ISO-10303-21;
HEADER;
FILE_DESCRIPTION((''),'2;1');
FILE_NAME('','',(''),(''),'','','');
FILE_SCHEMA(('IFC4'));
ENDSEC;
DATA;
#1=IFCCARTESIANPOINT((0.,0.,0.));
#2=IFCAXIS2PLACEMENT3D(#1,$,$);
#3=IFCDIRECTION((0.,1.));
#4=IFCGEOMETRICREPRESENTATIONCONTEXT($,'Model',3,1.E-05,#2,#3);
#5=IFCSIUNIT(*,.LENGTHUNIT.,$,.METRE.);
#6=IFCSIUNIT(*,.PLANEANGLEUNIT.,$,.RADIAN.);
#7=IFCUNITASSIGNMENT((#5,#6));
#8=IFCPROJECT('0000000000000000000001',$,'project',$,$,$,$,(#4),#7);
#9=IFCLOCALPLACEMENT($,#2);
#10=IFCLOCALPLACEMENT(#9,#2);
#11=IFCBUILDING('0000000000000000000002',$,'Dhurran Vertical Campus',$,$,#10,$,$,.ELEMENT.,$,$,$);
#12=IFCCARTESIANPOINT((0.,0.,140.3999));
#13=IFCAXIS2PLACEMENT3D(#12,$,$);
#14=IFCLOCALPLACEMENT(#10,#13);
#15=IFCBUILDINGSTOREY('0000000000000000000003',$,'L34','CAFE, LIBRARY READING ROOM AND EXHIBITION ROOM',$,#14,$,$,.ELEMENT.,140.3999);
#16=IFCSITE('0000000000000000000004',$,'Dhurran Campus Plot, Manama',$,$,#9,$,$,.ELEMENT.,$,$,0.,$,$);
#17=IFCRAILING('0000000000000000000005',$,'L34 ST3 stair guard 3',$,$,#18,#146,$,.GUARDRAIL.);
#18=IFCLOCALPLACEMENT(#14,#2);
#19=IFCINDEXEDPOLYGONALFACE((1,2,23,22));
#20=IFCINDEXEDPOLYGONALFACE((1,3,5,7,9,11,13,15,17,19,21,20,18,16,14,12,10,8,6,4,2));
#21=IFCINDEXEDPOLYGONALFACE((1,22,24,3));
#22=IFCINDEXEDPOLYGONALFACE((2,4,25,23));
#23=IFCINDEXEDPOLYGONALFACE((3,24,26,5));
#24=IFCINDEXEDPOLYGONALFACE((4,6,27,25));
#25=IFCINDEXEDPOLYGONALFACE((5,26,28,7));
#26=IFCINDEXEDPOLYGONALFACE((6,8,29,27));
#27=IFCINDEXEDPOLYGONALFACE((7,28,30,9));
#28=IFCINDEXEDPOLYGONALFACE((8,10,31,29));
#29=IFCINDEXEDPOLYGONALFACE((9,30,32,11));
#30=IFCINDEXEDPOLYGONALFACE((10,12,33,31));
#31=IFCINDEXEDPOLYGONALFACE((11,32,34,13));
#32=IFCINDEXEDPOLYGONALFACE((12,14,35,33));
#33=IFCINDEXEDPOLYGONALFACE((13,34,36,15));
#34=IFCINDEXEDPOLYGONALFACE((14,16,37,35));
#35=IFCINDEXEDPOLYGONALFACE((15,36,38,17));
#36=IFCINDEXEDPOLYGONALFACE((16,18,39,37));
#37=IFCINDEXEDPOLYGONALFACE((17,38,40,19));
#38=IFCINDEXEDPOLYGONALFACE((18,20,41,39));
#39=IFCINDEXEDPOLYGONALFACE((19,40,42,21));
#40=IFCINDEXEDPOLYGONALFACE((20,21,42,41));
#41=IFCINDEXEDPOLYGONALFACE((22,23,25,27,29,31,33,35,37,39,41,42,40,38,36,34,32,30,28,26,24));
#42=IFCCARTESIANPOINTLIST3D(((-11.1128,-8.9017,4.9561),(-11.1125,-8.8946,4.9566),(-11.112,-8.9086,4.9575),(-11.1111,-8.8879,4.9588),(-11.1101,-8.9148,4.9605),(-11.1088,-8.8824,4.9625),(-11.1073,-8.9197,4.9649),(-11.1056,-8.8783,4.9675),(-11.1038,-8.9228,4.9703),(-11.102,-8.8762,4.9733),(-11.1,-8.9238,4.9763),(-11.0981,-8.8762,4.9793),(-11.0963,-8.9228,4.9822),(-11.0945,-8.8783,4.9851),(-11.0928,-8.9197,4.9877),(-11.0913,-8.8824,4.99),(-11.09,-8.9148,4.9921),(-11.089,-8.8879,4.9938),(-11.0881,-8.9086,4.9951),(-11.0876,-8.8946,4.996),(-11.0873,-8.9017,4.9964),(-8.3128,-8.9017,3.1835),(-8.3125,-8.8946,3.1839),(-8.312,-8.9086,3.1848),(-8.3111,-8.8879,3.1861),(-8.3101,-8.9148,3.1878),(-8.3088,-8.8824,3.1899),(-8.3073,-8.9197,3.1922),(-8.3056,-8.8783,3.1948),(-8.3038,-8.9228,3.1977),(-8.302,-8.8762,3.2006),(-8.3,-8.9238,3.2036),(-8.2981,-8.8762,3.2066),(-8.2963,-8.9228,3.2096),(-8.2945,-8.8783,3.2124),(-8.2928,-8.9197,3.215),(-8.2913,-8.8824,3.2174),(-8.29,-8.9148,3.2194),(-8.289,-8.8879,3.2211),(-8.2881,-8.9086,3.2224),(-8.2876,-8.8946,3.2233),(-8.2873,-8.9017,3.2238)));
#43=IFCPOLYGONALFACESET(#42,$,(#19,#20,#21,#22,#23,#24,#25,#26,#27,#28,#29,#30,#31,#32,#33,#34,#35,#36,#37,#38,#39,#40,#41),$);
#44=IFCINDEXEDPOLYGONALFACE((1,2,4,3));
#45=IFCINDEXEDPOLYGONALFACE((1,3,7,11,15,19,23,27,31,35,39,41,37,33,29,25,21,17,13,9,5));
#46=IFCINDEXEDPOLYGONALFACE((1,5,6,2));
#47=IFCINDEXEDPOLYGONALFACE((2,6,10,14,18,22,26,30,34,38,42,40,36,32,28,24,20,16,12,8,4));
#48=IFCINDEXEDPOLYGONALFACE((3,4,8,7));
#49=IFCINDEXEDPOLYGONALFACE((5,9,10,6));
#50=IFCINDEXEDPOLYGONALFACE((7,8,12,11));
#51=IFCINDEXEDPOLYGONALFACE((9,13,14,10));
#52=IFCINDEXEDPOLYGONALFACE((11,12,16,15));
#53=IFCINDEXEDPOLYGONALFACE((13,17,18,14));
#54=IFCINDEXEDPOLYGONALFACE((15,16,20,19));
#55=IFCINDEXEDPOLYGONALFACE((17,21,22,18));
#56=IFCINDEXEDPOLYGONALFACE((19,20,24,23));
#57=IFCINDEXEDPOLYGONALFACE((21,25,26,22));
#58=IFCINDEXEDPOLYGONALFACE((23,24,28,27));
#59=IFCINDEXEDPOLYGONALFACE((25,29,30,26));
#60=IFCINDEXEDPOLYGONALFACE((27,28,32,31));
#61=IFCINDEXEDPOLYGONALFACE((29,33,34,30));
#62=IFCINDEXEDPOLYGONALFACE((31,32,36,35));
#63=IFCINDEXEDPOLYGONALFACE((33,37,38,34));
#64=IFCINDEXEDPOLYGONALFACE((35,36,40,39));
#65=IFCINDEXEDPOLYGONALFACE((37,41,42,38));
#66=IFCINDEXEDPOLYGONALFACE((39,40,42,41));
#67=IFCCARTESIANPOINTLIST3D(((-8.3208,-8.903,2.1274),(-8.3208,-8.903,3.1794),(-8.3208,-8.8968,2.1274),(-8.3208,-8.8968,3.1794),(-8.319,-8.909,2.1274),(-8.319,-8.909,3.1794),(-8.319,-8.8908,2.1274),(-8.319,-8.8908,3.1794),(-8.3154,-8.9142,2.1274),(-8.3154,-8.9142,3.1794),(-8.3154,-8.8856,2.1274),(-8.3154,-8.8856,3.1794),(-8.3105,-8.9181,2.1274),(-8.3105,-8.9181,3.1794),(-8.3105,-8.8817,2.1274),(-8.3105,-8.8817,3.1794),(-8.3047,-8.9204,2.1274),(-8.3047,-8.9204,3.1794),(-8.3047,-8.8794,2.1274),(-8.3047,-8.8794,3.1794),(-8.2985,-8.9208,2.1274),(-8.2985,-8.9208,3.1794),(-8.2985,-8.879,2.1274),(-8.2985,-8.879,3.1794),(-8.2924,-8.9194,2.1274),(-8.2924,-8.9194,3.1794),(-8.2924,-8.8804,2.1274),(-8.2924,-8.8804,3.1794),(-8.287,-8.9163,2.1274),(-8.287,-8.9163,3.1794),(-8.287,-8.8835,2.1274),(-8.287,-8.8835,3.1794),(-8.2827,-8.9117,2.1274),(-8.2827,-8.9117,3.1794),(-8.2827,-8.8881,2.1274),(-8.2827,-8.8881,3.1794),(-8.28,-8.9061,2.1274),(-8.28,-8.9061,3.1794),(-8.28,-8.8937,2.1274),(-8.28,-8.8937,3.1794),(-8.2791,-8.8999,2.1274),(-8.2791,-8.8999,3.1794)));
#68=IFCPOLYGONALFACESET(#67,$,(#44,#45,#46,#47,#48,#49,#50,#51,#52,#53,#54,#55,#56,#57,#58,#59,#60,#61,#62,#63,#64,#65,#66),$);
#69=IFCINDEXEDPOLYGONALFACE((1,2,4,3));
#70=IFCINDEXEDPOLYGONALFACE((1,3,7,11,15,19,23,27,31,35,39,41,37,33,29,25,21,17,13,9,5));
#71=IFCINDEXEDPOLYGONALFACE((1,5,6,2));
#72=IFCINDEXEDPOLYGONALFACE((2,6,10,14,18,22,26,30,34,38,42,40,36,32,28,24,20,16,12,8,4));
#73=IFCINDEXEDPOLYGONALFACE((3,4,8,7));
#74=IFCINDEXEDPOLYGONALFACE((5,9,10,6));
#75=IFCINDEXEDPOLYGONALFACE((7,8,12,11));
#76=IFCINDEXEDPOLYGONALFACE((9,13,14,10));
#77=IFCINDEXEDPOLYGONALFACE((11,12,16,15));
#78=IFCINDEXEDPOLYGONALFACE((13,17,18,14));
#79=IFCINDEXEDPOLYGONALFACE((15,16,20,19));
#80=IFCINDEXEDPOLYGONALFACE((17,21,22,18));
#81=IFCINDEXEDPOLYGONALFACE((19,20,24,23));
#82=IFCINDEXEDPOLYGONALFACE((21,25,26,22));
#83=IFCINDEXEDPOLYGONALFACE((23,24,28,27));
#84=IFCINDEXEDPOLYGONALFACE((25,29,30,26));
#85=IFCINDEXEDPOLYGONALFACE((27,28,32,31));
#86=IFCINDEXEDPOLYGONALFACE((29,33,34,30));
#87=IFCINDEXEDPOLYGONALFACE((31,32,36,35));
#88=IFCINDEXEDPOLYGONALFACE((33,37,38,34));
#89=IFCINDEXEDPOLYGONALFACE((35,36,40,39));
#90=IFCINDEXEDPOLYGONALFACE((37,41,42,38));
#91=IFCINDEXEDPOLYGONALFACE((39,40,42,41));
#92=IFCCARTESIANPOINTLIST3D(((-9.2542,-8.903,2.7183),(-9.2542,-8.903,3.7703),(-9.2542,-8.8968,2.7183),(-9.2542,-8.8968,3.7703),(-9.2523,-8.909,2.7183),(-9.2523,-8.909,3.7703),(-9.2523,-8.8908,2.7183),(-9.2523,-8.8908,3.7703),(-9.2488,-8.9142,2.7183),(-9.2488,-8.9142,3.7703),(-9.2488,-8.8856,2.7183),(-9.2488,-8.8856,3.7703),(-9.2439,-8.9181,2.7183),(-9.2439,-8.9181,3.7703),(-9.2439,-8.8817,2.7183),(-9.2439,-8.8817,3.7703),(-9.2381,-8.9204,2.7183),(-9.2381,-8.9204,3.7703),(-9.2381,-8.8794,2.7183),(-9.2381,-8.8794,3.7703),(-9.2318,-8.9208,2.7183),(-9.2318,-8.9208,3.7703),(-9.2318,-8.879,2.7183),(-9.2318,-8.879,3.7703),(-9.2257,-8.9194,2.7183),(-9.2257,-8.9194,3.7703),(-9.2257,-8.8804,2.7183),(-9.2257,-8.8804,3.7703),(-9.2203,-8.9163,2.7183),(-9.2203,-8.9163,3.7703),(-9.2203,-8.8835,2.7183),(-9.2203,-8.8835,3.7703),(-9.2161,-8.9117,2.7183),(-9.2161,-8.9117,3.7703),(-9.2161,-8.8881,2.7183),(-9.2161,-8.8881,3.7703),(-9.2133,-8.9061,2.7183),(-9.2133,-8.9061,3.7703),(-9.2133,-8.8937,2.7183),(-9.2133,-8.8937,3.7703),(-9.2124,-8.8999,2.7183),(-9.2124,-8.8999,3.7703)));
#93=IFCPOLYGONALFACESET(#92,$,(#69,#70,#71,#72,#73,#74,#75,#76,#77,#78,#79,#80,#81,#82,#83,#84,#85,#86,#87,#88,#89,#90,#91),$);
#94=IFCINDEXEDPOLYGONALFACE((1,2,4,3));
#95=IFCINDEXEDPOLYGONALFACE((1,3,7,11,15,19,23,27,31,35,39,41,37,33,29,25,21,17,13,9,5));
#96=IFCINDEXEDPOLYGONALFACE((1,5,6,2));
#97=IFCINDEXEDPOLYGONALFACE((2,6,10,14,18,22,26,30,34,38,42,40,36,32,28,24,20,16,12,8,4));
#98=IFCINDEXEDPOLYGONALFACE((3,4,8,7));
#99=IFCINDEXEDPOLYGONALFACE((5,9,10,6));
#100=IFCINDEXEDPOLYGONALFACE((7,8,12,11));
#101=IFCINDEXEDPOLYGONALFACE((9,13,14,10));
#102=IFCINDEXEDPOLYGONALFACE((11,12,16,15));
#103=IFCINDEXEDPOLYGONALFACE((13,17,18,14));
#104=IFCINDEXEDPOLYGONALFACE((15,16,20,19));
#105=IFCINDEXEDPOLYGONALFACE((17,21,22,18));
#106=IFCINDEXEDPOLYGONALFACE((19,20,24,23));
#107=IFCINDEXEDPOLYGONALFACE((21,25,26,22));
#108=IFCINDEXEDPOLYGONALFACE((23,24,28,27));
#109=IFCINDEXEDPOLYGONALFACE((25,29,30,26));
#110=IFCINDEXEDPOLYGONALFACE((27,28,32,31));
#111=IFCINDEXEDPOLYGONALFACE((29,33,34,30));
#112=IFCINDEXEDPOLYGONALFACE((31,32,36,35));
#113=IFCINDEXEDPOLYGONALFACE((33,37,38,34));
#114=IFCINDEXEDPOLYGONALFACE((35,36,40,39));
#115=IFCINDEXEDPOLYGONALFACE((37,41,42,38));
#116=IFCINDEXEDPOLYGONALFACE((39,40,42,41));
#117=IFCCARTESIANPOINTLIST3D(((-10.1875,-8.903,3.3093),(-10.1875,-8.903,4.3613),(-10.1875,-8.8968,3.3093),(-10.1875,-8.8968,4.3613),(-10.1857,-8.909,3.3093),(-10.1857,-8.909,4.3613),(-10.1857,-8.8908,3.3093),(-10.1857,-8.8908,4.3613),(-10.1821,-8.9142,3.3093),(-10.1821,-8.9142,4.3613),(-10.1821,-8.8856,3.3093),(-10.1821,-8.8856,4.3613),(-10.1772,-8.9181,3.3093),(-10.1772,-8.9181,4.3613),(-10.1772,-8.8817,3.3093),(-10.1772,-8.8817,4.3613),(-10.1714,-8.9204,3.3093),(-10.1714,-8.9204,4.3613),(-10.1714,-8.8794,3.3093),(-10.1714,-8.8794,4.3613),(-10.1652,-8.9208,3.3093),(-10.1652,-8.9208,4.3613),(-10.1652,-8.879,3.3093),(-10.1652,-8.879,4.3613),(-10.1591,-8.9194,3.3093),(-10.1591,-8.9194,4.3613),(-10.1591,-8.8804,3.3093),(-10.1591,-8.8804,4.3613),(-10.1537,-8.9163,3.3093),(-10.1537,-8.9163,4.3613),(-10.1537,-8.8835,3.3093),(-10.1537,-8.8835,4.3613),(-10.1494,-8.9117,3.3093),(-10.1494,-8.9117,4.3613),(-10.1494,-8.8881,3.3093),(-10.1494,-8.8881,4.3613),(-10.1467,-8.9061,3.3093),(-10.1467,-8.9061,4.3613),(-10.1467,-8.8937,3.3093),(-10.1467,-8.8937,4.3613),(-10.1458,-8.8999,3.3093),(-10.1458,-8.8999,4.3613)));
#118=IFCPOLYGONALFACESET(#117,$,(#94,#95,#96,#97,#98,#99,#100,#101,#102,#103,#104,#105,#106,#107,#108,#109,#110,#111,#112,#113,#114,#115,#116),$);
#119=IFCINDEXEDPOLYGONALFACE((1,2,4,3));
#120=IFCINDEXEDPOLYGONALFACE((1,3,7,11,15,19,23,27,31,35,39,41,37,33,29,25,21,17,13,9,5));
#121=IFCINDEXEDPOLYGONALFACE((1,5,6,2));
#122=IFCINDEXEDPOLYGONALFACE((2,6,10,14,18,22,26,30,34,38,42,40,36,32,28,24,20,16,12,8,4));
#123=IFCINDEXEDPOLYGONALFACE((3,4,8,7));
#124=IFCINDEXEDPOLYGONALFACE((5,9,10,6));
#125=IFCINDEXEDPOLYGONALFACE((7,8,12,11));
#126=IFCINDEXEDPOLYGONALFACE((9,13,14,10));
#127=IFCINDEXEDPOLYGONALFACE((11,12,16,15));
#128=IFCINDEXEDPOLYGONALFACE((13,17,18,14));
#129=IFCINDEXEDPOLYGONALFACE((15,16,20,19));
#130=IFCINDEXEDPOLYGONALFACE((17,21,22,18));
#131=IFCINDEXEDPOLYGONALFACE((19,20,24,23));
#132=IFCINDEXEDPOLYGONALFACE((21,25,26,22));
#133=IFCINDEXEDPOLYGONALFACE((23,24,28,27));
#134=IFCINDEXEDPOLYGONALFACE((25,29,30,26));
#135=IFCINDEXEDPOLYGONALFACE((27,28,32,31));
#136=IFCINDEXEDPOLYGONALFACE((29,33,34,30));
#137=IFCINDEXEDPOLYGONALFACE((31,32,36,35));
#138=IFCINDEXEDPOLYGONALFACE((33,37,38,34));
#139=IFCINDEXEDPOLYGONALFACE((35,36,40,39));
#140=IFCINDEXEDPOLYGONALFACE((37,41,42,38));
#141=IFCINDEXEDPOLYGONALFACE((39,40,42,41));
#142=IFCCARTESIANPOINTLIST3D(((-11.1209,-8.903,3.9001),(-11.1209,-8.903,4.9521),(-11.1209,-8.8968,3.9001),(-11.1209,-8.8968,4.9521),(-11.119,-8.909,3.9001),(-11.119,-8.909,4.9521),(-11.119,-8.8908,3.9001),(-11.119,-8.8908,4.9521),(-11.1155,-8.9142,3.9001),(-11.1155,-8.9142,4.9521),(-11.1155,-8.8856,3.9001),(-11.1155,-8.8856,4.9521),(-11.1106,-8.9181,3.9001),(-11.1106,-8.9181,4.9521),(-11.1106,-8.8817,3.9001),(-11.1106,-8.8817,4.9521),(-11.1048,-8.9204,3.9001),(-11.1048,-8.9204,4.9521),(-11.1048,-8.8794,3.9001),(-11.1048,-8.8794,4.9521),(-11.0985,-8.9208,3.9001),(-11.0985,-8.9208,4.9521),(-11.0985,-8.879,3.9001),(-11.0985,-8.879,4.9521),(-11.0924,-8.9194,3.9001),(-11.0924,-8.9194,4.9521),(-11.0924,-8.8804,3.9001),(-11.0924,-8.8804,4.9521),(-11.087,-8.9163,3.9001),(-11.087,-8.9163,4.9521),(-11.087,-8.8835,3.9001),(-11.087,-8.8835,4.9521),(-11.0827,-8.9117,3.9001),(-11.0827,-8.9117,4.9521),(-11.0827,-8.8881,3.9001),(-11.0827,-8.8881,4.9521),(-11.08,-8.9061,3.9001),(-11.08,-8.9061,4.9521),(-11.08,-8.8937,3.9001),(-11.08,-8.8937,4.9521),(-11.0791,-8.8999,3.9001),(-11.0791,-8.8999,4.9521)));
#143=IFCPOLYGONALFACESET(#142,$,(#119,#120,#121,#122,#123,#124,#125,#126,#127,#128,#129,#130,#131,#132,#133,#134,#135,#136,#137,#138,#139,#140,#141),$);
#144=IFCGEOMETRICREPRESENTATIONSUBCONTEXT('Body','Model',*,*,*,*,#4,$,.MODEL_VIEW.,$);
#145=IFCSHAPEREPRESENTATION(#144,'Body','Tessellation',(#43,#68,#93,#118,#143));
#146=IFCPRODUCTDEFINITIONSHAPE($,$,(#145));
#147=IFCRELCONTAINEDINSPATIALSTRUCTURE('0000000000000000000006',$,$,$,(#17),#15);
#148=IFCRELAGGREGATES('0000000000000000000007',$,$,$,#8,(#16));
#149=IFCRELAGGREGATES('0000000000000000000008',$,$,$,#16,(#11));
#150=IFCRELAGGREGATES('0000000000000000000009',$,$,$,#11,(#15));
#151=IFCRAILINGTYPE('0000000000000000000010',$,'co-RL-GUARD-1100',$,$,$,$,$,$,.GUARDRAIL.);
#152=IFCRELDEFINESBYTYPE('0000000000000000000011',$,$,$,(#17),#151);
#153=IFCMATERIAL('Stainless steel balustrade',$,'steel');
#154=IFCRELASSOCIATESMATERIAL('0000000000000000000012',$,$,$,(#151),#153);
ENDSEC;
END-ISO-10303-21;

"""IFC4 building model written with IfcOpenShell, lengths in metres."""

from ifc_helpers import new_model, si_unit, direction, frame, origin, origin_2d, place, context, subcontext, project, spatial, circle, extrude, material, type_object, element, save


model = new_model("IFC4")

# Units and contexts
model_context = context("Model", 3, precision=1e-05, world=origin(), true_north=direction((0.0, 1.0)))
body_context = subcontext(model_context, "Body", "Model", "MODEL_VIEW")
ifc_project = project(units=[si_unit("LENGTHUNIT", "METRE"), si_unit("PLANEANGLEUNIT", "RADIAN")], contexts=[model_context])

# Site, building, storey
site_placement = place(None, origin())
site = spatial("IfcSite", under=ifc_project, at=site_placement, Name="Dhurran Campus Plot, Manama", CompositionType="ELEMENT", RefElevation=0.0)
building_placement = place(site_placement, origin())
building = spatial("IfcBuilding", under=site, at=building_placement, Name="Dhurran Vertical Campus", CompositionType="ELEMENT")
storey_placement = place(building_placement, frame((0.0, 0.0, 140.3999)))
storey = spatial("IfcBuildingStorey", under=building, at=storey_placement, Name="L34", Description="CAFE, LIBRARY READING ROOM AND EXHIBITION ROOM", CompositionType="ELEMENT", Elevation=140.3999)

# Railing
ifc_material_1 = material(Name="Stainless steel balustrade", Category="steel")
railing_type_1 = type_object("IfcRailingType", Name="co-RL-GUARD-1100", PredefinedType="GUARDRAIL", material=ifc_material_1)
railing_1_placement = place(storey_placement, frame((-8.3, -8.8999, 2.1274)))
element("IfcRailing", 1, at=railing_1_placement, inside=storey, type_object=railing_type_1, Name="L34 ST3 stair guard 3", PredefinedType="GUARDRAIL", context=body_context, shape_type="SweptSolid", body=[
    extrude(circle(Radius=0.0239, at=origin_2d()), frame((0.0, 0.0, 1.0762), z_axis=(-0.844909, 0.0, 0.53491), x_axis=(0.0, -1.0, 0.0)), (0.0, 0.0, 1.0), 3.314),
    extrude(circle(Radius=0.021, at=origin_2d()), origin(), (0.0, 0.0, 1.0), 1.052),
    extrude(circle(Radius=0.021, at=origin_2d()), frame((-0.9333, 0.0, 0.5908)), (0.0, 0.0, 1.0), 1.052),
    extrude(circle(Radius=0.021, at=origin_2d()), frame((-1.8667, 0.0, 1.1819)), (0.0, 0.0, 1.0), 1.052),
    extrude(circle(Radius=0.021, at=origin_2d()), frame((-2.8, 0.0, 1.7727)), (0.0, 0.0, 1.0), 1.052),
])

save(model, "model.ifc")
